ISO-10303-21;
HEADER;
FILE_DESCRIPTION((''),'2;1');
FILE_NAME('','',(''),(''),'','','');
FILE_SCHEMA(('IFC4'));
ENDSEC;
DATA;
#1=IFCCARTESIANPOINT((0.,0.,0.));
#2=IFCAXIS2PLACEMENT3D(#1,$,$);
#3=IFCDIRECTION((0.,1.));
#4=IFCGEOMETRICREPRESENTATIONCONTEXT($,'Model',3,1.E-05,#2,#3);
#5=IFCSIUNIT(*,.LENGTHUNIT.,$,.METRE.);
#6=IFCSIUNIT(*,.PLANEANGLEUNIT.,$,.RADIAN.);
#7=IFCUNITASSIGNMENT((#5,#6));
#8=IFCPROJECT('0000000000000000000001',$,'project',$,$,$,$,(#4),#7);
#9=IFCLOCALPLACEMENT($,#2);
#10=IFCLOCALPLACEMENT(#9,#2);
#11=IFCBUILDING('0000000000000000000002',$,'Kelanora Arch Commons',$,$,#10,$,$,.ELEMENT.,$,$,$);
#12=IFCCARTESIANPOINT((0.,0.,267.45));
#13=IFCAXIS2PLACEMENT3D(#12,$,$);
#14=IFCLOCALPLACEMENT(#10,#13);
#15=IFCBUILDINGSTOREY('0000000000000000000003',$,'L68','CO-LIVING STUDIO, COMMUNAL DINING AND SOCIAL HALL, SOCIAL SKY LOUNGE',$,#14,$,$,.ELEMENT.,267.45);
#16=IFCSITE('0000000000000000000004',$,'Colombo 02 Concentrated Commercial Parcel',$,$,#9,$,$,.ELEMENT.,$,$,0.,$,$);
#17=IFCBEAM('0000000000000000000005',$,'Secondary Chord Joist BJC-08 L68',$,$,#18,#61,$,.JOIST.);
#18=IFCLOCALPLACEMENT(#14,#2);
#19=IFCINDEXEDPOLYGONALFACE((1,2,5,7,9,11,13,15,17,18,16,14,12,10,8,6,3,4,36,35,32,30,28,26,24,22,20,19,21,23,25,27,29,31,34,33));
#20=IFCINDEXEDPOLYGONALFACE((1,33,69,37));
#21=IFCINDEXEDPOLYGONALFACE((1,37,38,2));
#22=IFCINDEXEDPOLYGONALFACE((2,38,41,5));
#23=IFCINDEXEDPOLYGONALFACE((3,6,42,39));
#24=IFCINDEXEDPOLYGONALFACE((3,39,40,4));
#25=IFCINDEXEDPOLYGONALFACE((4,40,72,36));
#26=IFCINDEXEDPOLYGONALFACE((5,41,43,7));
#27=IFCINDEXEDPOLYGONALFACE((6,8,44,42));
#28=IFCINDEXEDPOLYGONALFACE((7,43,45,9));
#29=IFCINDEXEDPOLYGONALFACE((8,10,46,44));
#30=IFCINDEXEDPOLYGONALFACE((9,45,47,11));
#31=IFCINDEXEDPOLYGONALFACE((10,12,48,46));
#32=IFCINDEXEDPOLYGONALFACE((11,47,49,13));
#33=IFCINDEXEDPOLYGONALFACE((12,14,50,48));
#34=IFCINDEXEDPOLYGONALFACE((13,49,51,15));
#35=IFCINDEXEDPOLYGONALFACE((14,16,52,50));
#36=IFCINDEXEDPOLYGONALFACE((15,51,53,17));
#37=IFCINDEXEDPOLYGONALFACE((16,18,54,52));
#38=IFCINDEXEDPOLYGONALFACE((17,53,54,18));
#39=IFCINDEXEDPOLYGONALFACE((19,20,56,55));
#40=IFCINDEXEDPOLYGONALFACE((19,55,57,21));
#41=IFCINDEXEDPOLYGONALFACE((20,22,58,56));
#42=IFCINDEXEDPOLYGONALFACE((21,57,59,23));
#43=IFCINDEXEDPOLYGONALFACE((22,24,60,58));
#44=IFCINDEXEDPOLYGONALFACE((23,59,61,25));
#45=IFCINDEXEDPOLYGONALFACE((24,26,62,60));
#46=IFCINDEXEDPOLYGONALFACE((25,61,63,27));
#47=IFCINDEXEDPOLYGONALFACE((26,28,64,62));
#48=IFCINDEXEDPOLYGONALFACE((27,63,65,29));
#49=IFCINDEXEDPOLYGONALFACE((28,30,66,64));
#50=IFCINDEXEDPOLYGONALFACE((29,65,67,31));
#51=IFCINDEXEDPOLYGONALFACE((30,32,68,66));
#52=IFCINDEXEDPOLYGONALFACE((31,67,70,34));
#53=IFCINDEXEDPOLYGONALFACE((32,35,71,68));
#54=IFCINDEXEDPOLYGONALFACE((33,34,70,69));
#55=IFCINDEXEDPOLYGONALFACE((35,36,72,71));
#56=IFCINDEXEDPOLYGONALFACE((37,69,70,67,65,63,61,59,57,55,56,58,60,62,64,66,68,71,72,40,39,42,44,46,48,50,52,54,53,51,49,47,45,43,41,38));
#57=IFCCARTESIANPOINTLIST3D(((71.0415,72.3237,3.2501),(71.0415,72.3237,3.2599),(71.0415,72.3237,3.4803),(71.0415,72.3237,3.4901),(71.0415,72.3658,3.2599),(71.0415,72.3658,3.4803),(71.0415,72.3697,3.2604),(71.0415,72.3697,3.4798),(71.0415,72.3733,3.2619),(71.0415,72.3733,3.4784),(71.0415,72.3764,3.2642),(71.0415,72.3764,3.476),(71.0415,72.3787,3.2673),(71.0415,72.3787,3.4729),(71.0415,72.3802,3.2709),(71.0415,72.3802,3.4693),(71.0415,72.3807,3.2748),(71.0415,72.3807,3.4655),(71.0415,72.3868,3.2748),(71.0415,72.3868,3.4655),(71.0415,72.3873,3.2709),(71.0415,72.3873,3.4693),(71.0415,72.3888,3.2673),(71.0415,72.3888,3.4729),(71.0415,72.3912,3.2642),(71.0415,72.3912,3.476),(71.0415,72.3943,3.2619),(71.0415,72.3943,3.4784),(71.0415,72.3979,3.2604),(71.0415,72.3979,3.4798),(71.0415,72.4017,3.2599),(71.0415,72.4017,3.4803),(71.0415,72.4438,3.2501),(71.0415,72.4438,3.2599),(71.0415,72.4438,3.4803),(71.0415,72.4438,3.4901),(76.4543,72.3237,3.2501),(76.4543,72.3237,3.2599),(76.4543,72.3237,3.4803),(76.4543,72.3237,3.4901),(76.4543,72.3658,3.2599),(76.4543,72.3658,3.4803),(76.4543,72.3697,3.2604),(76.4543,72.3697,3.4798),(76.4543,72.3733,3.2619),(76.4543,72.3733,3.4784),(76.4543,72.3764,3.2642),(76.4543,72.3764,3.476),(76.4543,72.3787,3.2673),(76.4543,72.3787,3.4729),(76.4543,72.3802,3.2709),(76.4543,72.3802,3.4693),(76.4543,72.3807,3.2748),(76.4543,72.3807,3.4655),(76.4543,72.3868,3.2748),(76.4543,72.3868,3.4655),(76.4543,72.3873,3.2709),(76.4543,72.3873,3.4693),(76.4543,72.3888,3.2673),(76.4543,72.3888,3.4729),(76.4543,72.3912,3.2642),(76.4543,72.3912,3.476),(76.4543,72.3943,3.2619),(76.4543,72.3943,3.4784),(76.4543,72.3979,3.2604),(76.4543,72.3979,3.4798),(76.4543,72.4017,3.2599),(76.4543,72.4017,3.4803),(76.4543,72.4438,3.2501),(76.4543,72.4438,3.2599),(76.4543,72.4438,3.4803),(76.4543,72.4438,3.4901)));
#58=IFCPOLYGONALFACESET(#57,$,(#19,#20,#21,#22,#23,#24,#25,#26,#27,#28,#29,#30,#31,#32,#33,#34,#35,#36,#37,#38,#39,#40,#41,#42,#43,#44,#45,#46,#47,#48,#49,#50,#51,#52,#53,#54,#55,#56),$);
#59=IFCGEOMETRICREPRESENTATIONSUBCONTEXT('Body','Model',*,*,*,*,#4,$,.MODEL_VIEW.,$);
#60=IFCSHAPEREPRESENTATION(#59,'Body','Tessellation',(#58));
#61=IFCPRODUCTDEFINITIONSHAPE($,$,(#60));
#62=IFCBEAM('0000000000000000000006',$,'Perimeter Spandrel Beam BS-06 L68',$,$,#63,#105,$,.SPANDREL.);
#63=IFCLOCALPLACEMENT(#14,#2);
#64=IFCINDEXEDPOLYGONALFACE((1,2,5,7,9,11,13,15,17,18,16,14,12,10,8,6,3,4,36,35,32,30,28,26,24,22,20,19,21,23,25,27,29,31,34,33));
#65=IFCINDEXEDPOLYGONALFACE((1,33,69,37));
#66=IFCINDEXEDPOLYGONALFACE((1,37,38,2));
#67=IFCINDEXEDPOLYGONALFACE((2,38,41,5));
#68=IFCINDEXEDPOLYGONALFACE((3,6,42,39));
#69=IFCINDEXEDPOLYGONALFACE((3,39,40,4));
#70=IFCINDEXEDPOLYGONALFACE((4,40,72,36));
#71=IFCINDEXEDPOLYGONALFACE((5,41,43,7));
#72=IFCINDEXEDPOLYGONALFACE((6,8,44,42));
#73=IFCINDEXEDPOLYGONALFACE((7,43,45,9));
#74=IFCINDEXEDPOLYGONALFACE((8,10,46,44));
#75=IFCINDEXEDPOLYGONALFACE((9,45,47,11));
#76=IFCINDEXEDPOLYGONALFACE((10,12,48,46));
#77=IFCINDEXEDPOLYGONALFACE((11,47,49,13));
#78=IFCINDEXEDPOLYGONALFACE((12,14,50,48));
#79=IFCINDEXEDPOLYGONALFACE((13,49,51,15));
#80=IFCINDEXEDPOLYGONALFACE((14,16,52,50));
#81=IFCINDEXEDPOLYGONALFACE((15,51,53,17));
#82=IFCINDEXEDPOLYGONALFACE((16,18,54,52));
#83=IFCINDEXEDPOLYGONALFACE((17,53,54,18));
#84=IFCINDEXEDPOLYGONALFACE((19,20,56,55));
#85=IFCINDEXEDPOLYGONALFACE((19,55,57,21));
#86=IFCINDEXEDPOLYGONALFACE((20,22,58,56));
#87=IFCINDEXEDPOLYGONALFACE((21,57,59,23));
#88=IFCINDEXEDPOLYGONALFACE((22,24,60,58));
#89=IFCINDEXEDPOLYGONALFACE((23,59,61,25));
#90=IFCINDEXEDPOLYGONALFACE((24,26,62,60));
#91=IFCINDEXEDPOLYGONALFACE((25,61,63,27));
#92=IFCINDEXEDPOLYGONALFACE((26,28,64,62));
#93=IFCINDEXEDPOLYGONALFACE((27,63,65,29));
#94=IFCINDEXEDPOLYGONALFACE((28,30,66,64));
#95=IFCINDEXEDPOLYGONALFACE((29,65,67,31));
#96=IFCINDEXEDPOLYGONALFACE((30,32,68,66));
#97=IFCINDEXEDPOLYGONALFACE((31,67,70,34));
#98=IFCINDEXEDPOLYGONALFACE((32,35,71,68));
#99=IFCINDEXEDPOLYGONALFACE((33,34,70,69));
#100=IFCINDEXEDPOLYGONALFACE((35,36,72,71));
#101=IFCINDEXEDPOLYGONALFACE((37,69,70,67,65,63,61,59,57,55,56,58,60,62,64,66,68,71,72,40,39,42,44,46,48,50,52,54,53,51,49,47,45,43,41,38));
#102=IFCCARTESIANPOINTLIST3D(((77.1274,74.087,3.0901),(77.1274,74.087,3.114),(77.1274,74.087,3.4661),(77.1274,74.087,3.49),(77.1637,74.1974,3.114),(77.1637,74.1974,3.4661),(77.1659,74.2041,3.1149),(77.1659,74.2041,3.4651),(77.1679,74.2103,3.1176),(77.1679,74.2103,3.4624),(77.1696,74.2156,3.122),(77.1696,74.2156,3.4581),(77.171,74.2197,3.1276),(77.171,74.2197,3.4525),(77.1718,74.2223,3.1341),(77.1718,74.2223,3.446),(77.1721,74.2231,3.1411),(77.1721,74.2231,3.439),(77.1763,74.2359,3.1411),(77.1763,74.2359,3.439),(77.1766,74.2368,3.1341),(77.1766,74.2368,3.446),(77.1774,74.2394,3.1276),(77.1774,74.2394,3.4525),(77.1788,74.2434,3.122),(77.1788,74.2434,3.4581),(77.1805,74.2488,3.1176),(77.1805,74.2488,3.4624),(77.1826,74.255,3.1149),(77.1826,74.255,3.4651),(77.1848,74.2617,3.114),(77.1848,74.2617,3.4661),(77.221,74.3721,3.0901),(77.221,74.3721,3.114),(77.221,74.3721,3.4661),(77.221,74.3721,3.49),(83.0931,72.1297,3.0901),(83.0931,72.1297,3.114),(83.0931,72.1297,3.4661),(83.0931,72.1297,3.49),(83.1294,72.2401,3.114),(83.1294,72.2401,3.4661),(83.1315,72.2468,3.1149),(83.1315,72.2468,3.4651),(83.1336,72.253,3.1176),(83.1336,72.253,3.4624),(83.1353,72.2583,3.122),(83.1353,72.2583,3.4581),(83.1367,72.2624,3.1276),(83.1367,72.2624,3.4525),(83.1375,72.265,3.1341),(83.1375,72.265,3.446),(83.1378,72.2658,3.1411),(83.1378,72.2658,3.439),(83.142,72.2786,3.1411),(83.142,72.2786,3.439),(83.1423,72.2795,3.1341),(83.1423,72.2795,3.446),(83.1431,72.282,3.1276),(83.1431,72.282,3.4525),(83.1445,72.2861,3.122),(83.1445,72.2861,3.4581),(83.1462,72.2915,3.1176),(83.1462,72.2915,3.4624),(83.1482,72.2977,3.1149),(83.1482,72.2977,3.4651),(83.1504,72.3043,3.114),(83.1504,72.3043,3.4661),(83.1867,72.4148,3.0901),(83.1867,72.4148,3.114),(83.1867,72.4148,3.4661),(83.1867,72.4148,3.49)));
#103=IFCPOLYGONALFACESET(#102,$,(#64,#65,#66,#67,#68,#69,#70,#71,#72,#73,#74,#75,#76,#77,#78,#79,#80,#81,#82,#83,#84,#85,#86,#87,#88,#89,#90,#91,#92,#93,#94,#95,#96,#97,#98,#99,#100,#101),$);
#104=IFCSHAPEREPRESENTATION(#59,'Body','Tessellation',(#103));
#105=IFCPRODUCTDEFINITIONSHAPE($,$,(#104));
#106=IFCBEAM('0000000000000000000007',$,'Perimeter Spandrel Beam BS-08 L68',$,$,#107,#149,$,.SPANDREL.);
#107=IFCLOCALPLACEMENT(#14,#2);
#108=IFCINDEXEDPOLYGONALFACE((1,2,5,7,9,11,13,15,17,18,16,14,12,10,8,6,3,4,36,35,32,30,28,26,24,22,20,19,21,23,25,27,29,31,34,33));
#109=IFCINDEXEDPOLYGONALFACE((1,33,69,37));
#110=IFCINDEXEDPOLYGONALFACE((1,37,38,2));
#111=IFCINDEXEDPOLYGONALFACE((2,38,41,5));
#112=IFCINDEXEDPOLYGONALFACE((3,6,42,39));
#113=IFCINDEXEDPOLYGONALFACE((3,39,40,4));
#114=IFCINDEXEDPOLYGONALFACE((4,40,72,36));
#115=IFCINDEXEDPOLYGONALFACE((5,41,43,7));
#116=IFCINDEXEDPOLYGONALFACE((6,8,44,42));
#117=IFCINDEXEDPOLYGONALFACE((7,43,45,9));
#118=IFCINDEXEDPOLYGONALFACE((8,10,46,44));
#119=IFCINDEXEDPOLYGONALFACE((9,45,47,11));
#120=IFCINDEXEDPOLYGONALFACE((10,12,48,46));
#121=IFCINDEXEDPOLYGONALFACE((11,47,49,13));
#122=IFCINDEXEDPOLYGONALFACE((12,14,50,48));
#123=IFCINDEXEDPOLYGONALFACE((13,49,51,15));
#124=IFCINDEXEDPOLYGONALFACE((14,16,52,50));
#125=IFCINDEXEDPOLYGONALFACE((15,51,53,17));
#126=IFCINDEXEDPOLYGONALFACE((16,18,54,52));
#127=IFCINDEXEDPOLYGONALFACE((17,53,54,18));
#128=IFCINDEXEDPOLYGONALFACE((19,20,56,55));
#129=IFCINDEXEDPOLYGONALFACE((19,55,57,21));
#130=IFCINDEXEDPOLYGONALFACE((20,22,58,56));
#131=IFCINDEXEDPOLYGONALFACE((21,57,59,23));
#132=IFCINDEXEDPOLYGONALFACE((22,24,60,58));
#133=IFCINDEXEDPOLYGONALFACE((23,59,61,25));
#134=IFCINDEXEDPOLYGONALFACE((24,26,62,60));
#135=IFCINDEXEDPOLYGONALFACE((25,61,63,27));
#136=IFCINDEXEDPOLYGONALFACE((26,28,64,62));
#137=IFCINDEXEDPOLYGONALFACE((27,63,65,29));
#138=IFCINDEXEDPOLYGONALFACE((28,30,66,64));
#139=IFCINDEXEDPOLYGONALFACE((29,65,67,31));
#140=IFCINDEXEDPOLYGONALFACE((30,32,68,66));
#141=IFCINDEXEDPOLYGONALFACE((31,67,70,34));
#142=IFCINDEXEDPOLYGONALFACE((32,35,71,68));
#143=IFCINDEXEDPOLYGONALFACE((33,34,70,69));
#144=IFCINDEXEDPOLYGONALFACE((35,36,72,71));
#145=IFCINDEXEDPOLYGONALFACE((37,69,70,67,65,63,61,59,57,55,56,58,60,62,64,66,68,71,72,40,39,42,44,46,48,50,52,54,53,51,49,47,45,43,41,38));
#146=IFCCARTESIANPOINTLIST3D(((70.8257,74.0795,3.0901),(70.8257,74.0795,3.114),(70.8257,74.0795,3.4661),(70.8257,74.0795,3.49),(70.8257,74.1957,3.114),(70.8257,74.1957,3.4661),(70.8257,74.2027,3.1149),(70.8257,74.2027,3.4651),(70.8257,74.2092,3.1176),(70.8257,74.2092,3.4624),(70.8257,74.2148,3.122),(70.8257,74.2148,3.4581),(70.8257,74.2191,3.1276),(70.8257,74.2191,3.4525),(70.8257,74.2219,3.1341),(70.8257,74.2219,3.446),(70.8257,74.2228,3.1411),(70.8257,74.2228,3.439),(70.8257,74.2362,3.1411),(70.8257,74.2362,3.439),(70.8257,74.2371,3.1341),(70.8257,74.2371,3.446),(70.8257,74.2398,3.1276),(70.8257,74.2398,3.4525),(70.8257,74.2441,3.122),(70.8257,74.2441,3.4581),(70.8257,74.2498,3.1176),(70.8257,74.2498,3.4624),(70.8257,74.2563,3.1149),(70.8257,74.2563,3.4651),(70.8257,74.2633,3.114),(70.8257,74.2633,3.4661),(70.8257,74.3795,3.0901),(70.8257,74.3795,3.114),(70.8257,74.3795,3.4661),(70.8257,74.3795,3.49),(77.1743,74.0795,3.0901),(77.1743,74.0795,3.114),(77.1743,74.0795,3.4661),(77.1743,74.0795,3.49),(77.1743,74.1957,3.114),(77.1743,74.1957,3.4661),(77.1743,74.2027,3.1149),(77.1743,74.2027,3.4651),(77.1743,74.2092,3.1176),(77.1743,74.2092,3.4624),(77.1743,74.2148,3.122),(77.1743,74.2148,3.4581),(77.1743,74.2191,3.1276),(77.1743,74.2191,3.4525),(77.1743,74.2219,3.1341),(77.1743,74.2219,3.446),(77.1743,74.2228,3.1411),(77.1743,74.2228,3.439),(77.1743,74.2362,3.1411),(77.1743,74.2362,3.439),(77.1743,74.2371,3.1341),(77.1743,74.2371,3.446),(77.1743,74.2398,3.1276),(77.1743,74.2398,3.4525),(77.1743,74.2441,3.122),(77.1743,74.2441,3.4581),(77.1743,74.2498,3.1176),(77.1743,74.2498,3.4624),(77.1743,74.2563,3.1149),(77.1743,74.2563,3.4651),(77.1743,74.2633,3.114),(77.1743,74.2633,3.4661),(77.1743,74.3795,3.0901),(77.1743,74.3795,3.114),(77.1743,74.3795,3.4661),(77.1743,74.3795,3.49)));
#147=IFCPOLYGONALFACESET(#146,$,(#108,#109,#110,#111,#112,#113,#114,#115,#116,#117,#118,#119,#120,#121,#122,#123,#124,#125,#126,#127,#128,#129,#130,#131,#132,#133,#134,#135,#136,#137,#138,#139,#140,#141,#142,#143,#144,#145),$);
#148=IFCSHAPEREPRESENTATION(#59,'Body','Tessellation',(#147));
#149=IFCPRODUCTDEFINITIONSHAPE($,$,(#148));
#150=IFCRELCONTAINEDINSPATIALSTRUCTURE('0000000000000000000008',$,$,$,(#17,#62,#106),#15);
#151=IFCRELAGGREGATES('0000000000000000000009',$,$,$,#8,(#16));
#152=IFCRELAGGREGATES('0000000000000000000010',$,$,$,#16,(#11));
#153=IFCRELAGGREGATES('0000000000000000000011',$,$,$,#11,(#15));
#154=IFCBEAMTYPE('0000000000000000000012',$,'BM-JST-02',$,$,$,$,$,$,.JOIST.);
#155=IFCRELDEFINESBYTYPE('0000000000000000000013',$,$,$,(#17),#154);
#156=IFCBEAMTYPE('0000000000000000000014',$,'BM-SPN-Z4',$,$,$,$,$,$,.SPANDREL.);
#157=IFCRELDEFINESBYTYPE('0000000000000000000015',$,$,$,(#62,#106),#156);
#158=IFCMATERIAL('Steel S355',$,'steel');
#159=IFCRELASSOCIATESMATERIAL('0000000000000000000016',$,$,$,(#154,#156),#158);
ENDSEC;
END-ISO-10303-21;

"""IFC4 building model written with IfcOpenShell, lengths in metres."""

from ifc_helpers import new_model, si_unit, direction, frame, origin, origin_2d, place, context, subcontext, project, spatial, i_section, extrude, material, material_profile, profile_set, type_object, element, save


model = new_model("IFC4")

# Units and contexts
model_context = context("Model", 3, precision=1e-05, world=origin(), true_north=direction((0.0, 1.0)))
body_context = subcontext(model_context, "Body", "Model", "MODEL_VIEW")
ifc_project = project(units=[si_unit("LENGTHUNIT", "METRE"), si_unit("PLANEANGLEUNIT", "RADIAN")], contexts=[model_context])

# Site, building, storey
site_placement = place(None, origin())
site = spatial("IfcSite", under=ifc_project, at=site_placement, Name="Colombo 02 Concentrated Commercial Parcel", CompositionType="ELEMENT", RefElevation=0.0)
building_placement = place(site_placement, origin())
building = spatial("IfcBuilding", under=site, at=building_placement, Name="Kelanora Arch Commons", CompositionType="ELEMENT")
storey_placement = place(building_placement, frame((0.0, 0.0, 267.45)))
storey = spatial("IfcBuildingStorey", under=building, at=storey_placement, Name="L68", Description="CO-LIVING STUDIO, COMMUNAL DINING AND SOCIAL HALL, SOCIAL SKY LOUNGE", CompositionType="ELEMENT", Elevation=267.45)

# Beams
ifc_material_1 = material(Name="Steel S355", Category="steel")
ifc_material_profile_1 = material_profile(ifc_material_1, i_section(OverallWidth=0.1201, OverallDepth=0.24, WebThickness=0.0061, FlangeThickness=0.0098, FilletRadius=0.0149, at=origin_2d()), Name="IPE240")
ifc_profile_set_1 = profile_set([ifc_material_profile_1], Name="Steel S355")
beam_type_1 = type_object("IfcBeamType", Name="BM-JST-02", PredefinedType="JOIST", material=ifc_profile_set_1)
beam_1_placement = place(storey_placement, frame((76.4543, 72.3838, 3.3701), z_axis=(-1.0, 0.0, 0.0), x_axis=(0.0, -1.0, 0.0)))
element("IfcBeam", 1, at=beam_1_placement, inside=storey, type_object=beam_type_1, Name="Secondary Chord Joist BJC-08 L68", PredefinedType="JOIST", context=body_context, shape_type="SweptSolid", body=[
    extrude(i_section(OverallWidth=0.1201, OverallDepth=0.24, WebThickness=0.0061, FlangeThickness=0.0098, FilletRadius=0.0149, at=origin_2d()), origin(), (0.0, 0.0, 1.0), 5.4128),
])
ifc_material_profile_2 = material_profile(ifc_material_1, i_section(OverallWidth=0.3, OverallDepth=0.3999, WebThickness=0.0134, FlangeThickness=0.0239, FilletRadius=0.0271, at=origin_2d()), Name="HEB400")
ifc_profile_set_2 = profile_set([ifc_material_profile_2], Name="Steel S355")
beam_type_2 = type_object("IfcBeamType", Name="BM-SPN-Z4", PredefinedType="SPANDREL", material=ifc_profile_set_2)
beam_2_placement = place(storey_placement, frame((83.1399, 72.2722, 3.29), z_axis=(-0.950166, 0.311745, 0.0), x_axis=(-0.311745, -0.950166, 0.0)))
element("IfcBeam", 2, at=beam_2_placement, inside=storey, type_object=beam_type_2, Name="Perimeter Spandrel Beam BS-06 L68", PredefinedType="SPANDREL", context=body_context, shape_type="SweptSolid", body=[
    extrude(i_section(OverallWidth=0.3, OverallDepth=0.3999, WebThickness=0.0134, FlangeThickness=0.0239, FilletRadius=0.0271, at=origin_2d()), origin(), (0.0, 0.0, 1.0), 6.2786),
])
beam_3_placement = place(storey_placement, frame((77.1743, 74.2295, 3.29), z_axis=(-1.0, 0.0, 0.0), x_axis=(0.0, -1.0, 0.0)))
element("IfcBeam", 3, at=beam_3_placement, inside=storey, type_object=beam_type_2, Name="Perimeter Spandrel Beam BS-08 L68", PredefinedType="SPANDREL", context=body_context, shape_type="SweptSolid", body=[
    extrude(i_section(OverallWidth=0.3, OverallDepth=0.3999, WebThickness=0.0134, FlangeThickness=0.0239, FilletRadius=0.0271, at=origin_2d()), origin(), (0.0, 0.0, 1.0), 6.3486),
])

save(model, "model.ifc")
